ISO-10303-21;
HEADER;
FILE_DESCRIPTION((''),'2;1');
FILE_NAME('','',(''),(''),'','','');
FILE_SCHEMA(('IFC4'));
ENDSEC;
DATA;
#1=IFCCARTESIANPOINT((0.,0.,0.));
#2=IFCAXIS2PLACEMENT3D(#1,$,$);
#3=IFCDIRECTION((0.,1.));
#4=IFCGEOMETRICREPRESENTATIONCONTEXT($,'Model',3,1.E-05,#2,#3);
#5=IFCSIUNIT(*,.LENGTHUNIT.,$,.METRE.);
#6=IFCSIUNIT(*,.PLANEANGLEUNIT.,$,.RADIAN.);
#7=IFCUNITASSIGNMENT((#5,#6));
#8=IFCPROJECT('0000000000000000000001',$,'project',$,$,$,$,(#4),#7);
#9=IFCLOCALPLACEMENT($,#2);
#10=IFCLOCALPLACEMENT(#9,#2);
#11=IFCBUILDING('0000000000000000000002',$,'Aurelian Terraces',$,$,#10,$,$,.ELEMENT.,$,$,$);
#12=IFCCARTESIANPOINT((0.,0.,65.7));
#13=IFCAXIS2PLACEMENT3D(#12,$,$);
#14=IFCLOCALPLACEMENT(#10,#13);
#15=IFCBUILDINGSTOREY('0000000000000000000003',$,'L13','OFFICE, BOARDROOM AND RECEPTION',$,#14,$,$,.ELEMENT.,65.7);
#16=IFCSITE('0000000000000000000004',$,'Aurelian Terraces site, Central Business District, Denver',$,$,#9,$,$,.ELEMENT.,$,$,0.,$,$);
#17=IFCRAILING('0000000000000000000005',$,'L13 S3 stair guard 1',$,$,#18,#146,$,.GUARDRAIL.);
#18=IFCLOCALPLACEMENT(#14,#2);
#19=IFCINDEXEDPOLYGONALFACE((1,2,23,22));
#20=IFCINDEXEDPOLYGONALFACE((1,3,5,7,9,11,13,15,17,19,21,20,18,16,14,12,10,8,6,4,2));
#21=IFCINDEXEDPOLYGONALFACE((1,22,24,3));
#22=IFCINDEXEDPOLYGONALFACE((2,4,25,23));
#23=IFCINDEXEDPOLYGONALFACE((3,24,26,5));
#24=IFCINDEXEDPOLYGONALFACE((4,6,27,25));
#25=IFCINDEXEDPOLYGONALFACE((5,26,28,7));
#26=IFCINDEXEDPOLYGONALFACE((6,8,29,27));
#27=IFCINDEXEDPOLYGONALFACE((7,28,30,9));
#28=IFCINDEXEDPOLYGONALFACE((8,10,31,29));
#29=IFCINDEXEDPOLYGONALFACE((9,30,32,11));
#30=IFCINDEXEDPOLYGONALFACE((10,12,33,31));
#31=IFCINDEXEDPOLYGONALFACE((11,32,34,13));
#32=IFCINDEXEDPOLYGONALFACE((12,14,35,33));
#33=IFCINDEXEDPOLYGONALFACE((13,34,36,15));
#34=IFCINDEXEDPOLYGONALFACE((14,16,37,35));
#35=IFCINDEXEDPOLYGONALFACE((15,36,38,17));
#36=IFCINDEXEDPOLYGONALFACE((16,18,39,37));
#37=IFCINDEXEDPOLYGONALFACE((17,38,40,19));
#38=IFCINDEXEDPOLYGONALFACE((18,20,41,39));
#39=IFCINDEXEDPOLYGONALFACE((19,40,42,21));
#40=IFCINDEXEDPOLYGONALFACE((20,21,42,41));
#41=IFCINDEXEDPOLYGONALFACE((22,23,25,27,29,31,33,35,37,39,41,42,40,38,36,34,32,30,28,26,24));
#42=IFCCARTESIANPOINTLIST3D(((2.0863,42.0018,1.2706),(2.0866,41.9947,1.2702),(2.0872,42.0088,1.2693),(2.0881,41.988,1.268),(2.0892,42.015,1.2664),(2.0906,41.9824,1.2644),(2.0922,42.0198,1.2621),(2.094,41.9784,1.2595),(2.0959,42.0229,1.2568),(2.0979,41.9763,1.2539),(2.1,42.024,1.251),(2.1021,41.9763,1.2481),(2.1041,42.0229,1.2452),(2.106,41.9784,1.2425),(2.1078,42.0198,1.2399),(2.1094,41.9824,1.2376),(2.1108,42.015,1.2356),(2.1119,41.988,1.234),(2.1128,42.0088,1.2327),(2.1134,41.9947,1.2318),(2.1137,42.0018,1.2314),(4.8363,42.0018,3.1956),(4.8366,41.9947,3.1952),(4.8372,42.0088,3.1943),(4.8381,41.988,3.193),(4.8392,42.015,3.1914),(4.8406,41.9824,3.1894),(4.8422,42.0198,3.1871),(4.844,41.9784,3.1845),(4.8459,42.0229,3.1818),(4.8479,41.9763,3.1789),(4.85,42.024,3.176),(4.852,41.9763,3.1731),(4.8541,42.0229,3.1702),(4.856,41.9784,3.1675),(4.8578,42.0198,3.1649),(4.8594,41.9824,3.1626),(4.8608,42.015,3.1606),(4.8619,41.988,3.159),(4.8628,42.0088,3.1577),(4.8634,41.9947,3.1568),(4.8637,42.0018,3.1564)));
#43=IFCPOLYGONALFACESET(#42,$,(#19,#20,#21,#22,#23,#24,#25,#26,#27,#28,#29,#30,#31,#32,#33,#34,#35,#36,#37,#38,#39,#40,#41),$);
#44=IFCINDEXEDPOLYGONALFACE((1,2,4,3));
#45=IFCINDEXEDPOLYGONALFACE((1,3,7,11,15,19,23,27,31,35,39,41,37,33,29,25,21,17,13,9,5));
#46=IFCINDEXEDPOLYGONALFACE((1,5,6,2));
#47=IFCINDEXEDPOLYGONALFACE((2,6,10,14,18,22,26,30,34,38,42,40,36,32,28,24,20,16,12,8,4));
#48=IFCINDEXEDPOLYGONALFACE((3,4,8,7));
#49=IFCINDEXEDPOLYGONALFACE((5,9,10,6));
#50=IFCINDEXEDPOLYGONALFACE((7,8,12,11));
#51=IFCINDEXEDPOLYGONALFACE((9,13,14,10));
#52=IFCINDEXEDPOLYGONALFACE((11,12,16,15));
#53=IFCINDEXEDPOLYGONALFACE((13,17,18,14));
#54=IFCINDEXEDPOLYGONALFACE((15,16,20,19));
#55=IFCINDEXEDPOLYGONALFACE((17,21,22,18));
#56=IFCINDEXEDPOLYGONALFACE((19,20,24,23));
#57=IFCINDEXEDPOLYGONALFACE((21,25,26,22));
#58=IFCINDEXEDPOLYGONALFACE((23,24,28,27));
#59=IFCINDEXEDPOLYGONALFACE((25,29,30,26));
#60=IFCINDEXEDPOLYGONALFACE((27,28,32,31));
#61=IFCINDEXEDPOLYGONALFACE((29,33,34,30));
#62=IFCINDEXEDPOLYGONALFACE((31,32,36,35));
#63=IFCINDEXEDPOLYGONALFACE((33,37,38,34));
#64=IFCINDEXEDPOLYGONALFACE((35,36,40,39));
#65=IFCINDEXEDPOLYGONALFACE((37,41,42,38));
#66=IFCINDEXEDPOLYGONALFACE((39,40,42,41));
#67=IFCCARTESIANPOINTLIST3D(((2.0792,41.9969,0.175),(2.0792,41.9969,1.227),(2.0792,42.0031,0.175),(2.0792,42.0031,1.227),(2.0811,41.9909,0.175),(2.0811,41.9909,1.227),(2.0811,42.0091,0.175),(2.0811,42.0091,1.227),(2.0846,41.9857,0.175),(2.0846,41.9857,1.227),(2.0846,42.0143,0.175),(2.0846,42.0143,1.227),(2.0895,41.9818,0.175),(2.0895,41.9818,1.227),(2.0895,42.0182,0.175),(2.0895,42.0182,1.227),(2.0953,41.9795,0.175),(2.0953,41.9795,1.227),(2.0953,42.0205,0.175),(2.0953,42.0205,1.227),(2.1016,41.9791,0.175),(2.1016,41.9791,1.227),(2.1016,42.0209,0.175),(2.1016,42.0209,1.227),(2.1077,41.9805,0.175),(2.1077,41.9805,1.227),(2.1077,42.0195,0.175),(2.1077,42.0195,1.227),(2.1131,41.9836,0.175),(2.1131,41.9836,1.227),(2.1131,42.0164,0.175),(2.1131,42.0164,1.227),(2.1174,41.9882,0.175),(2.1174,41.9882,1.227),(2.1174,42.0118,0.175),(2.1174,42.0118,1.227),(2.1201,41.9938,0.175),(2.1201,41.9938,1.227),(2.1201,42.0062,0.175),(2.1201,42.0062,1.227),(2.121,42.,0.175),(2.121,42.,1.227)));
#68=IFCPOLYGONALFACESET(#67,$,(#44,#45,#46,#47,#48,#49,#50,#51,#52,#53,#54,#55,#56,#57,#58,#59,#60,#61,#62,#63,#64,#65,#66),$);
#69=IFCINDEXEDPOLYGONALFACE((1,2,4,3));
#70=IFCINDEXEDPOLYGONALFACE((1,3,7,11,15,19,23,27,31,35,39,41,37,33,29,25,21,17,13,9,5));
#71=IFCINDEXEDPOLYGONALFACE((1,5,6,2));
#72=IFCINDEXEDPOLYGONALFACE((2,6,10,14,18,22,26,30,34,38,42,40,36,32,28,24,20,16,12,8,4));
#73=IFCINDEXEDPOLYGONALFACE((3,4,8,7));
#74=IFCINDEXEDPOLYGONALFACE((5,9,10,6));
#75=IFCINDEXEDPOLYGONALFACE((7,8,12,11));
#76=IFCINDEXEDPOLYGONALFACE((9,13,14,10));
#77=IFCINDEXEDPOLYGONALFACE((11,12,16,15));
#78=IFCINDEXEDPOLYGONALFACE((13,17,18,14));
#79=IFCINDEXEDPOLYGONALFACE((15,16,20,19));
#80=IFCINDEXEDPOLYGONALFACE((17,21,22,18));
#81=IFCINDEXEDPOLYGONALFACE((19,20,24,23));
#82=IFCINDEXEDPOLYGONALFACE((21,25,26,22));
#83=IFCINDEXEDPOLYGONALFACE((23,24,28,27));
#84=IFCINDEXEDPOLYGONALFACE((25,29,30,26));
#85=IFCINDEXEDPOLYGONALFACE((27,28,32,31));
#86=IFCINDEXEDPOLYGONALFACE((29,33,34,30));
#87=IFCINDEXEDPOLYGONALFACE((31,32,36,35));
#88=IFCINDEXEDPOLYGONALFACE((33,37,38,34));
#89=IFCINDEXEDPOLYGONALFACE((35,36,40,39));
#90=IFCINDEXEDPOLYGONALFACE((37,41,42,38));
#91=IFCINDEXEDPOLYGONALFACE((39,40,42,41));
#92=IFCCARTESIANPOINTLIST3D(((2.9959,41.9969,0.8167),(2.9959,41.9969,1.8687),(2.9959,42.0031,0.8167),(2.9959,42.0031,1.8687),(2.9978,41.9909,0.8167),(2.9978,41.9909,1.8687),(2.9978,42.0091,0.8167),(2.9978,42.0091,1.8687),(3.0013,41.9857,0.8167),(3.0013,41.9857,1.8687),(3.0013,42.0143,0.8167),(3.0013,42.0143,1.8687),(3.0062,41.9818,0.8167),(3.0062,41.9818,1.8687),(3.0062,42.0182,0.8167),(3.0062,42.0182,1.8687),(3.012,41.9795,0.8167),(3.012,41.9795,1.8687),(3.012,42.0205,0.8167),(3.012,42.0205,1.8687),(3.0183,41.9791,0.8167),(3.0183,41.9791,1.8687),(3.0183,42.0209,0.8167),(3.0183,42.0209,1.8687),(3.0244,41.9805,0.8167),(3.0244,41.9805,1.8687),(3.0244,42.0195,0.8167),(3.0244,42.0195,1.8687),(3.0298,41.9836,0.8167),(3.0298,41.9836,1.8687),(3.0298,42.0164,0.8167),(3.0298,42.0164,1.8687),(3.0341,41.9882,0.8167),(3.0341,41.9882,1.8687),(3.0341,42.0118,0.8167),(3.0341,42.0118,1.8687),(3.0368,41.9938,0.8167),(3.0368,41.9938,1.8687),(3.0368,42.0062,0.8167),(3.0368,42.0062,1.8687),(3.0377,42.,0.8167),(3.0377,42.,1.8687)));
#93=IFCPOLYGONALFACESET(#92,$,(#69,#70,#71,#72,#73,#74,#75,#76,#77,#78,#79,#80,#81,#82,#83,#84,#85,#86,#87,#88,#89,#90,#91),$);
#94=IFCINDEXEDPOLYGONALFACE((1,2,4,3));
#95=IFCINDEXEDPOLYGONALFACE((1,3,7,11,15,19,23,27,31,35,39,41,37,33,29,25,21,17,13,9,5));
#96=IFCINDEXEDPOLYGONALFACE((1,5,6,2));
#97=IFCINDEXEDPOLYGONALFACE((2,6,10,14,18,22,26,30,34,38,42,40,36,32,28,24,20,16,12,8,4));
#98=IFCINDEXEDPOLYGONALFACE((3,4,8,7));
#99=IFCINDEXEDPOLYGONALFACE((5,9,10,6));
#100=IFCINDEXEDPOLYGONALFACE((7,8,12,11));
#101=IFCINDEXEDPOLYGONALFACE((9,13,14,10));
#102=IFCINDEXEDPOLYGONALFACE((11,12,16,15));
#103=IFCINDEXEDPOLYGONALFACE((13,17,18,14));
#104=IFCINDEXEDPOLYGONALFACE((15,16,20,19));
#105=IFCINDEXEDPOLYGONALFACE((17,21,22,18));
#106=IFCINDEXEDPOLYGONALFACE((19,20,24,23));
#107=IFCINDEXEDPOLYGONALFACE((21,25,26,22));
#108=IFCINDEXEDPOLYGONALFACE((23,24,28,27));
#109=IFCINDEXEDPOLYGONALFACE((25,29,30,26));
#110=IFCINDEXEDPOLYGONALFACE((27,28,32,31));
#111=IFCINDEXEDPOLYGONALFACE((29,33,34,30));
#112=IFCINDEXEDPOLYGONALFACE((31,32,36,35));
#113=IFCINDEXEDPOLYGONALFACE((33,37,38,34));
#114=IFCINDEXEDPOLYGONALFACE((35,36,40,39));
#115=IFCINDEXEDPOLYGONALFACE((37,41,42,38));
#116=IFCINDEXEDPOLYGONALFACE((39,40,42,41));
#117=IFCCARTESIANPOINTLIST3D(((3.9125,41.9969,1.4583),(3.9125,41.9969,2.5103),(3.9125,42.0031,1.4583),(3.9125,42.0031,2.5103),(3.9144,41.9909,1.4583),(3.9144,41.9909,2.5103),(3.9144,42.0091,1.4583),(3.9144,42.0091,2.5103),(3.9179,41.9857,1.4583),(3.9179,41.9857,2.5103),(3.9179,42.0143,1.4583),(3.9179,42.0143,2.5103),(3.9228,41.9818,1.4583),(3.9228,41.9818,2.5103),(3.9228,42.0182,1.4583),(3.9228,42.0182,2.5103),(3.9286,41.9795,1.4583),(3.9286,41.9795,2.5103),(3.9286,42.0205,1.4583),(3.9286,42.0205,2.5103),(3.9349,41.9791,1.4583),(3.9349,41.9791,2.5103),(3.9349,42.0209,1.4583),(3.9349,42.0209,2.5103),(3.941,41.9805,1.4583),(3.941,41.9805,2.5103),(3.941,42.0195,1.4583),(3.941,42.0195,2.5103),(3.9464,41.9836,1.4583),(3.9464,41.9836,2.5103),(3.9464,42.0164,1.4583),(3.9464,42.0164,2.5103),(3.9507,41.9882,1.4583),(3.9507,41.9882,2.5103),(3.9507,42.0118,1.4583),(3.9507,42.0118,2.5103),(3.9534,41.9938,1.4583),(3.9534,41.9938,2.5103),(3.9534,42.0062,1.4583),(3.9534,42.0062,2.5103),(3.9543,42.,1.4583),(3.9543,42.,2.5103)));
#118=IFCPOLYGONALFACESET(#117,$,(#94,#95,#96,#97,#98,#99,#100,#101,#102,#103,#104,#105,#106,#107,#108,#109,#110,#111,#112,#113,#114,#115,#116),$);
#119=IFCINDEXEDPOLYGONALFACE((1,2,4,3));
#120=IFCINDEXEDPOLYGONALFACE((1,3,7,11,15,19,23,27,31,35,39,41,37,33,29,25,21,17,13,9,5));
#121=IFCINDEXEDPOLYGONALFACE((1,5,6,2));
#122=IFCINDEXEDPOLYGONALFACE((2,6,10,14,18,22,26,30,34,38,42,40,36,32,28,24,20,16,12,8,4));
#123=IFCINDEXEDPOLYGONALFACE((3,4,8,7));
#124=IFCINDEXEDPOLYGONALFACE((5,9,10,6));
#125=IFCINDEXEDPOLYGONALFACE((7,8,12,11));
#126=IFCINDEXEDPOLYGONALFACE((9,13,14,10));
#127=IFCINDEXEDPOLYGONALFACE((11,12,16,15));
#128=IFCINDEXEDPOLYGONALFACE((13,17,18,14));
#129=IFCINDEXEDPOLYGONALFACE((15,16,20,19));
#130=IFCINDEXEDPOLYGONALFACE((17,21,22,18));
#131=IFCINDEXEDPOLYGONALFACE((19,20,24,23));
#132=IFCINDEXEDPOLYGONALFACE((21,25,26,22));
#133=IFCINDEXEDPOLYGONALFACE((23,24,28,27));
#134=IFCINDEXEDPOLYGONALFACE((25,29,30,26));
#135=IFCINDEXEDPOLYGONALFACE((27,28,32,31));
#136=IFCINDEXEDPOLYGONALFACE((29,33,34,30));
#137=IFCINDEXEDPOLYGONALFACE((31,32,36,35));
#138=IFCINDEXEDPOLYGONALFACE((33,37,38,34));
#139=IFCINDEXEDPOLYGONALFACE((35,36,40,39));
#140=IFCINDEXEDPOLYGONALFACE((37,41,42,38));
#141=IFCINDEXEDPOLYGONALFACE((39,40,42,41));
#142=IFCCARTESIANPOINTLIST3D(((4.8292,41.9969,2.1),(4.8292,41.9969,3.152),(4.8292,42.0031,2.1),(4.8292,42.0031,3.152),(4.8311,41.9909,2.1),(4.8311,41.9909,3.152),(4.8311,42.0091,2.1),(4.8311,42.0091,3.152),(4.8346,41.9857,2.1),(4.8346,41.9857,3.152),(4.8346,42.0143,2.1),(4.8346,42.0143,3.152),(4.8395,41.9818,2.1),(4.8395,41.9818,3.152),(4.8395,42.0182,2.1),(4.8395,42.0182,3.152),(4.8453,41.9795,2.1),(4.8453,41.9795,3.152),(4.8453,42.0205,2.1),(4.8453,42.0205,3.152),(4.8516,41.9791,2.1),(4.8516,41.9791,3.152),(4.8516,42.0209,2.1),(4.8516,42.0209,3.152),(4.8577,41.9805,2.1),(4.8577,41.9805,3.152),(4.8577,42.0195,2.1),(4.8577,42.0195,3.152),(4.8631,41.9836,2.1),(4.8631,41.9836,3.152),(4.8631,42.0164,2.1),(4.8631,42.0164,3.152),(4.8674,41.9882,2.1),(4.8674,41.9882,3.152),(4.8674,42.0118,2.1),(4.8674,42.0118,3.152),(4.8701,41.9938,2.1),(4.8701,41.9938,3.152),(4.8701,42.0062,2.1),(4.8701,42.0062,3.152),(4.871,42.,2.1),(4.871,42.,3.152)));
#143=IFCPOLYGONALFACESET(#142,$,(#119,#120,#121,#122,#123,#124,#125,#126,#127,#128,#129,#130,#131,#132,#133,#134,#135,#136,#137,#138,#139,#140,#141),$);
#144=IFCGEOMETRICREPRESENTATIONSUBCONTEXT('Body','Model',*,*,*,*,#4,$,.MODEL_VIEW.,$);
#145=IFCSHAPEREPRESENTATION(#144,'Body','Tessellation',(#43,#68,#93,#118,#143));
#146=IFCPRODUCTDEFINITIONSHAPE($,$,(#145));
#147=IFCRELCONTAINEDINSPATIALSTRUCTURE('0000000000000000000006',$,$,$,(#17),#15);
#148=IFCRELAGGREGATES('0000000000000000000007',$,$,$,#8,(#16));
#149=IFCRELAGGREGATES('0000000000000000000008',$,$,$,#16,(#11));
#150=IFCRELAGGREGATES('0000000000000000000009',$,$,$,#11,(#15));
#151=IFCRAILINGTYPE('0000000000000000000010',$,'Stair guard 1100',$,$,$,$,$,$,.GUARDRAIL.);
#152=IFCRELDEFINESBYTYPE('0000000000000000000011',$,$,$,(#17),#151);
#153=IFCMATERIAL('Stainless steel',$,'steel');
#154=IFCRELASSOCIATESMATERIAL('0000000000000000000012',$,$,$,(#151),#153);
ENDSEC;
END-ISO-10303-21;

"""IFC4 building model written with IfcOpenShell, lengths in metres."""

from ifc_helpers import new_model, si_unit, direction, frame, origin, origin_2d, place, context, subcontext, project, spatial, circle, extrude, source, transform, mapped, material, type_object, element, save


model = new_model("IFC4")

# Units and contexts
model_context = context("Model", 3, precision=1e-05, world=origin(), true_north=direction((0.0, 1.0)))
body_context = subcontext(model_context, "Body", "Model", "MODEL_VIEW")
ifc_project = project(units=[si_unit("LENGTHUNIT", "METRE"), si_unit("PLANEANGLEUNIT", "RADIAN")], contexts=[model_context])

# Site, building, storey
site_placement = place(None, origin())
site = spatial("IfcSite", under=ifc_project, at=site_placement, Name="Aurelian Terraces site, Central Business District, Denver", CompositionType="ELEMENT", RefElevation=0.0)
building_placement = place(site_placement, origin())
building = spatial("IfcBuilding", under=site, at=building_placement, Name="Aurelian Terraces", CompositionType="ELEMENT")
storey_placement = place(building_placement, frame((0.0, 0.0, 65.7)))
storey = spatial("IfcBuildingStorey", under=building, at=storey_placement, Name="L13", Description="OFFICE, BOARDROOM AND RECEPTION", CompositionType="ELEMENT", Elevation=65.7)

# Railing
ifc_material_1 = material(Name="Stainless steel", Category="steel")
railing_type_1 = type_object("IfcRailingType", Name="Stair guard 1100", PredefinedType="GUARDRAIL", material=ifc_material_1)
shared_shape_1 = source(origin(), body_context, "Body", "SweptSolid", [
    extrude(circle(Radius=0.024, at=origin_2d()), frame((0.0, 0.0, 1.076), z_axis=(0.819232, 0.0, 0.573462), x_axis=(0.0, 1.0, 0.0)), (0.0, 0.0, 1.0), 3.3568),
    extrude(circle(Radius=0.021, at=origin_2d()), origin(), (0.0, 0.0, 1.0), 1.052),
    extrude(circle(Radius=0.021, at=origin_2d()), frame((0.9167, 0.0, 0.6417)), (0.0, 0.0, 1.0), 1.052),
    extrude(circle(Radius=0.021, at=origin_2d()), frame((1.8333, 0.0, 1.2833)), (0.0, 0.0, 1.0), 1.052),
    extrude(circle(Radius=0.021, at=origin_2d()), frame((2.75, 0.0, 1.925)), (0.0, 0.0, 1.0), 1.052),
])
railing_1_placement = place(storey_placement, frame((2.1, 42.0, 0.175)))
element("IfcRailing", 1, at=railing_1_placement, inside=storey, type_object=railing_type_1, Name="L13 S3 stair guard 1", PredefinedType="GUARDRAIL", context=body_context, shape_type="MappedRepresentation", body=[
    mapped(shared_shape_1, transform((0.0, 0.0, 0.0), scale=1.0)),
])

save(model, "model.ifc")
